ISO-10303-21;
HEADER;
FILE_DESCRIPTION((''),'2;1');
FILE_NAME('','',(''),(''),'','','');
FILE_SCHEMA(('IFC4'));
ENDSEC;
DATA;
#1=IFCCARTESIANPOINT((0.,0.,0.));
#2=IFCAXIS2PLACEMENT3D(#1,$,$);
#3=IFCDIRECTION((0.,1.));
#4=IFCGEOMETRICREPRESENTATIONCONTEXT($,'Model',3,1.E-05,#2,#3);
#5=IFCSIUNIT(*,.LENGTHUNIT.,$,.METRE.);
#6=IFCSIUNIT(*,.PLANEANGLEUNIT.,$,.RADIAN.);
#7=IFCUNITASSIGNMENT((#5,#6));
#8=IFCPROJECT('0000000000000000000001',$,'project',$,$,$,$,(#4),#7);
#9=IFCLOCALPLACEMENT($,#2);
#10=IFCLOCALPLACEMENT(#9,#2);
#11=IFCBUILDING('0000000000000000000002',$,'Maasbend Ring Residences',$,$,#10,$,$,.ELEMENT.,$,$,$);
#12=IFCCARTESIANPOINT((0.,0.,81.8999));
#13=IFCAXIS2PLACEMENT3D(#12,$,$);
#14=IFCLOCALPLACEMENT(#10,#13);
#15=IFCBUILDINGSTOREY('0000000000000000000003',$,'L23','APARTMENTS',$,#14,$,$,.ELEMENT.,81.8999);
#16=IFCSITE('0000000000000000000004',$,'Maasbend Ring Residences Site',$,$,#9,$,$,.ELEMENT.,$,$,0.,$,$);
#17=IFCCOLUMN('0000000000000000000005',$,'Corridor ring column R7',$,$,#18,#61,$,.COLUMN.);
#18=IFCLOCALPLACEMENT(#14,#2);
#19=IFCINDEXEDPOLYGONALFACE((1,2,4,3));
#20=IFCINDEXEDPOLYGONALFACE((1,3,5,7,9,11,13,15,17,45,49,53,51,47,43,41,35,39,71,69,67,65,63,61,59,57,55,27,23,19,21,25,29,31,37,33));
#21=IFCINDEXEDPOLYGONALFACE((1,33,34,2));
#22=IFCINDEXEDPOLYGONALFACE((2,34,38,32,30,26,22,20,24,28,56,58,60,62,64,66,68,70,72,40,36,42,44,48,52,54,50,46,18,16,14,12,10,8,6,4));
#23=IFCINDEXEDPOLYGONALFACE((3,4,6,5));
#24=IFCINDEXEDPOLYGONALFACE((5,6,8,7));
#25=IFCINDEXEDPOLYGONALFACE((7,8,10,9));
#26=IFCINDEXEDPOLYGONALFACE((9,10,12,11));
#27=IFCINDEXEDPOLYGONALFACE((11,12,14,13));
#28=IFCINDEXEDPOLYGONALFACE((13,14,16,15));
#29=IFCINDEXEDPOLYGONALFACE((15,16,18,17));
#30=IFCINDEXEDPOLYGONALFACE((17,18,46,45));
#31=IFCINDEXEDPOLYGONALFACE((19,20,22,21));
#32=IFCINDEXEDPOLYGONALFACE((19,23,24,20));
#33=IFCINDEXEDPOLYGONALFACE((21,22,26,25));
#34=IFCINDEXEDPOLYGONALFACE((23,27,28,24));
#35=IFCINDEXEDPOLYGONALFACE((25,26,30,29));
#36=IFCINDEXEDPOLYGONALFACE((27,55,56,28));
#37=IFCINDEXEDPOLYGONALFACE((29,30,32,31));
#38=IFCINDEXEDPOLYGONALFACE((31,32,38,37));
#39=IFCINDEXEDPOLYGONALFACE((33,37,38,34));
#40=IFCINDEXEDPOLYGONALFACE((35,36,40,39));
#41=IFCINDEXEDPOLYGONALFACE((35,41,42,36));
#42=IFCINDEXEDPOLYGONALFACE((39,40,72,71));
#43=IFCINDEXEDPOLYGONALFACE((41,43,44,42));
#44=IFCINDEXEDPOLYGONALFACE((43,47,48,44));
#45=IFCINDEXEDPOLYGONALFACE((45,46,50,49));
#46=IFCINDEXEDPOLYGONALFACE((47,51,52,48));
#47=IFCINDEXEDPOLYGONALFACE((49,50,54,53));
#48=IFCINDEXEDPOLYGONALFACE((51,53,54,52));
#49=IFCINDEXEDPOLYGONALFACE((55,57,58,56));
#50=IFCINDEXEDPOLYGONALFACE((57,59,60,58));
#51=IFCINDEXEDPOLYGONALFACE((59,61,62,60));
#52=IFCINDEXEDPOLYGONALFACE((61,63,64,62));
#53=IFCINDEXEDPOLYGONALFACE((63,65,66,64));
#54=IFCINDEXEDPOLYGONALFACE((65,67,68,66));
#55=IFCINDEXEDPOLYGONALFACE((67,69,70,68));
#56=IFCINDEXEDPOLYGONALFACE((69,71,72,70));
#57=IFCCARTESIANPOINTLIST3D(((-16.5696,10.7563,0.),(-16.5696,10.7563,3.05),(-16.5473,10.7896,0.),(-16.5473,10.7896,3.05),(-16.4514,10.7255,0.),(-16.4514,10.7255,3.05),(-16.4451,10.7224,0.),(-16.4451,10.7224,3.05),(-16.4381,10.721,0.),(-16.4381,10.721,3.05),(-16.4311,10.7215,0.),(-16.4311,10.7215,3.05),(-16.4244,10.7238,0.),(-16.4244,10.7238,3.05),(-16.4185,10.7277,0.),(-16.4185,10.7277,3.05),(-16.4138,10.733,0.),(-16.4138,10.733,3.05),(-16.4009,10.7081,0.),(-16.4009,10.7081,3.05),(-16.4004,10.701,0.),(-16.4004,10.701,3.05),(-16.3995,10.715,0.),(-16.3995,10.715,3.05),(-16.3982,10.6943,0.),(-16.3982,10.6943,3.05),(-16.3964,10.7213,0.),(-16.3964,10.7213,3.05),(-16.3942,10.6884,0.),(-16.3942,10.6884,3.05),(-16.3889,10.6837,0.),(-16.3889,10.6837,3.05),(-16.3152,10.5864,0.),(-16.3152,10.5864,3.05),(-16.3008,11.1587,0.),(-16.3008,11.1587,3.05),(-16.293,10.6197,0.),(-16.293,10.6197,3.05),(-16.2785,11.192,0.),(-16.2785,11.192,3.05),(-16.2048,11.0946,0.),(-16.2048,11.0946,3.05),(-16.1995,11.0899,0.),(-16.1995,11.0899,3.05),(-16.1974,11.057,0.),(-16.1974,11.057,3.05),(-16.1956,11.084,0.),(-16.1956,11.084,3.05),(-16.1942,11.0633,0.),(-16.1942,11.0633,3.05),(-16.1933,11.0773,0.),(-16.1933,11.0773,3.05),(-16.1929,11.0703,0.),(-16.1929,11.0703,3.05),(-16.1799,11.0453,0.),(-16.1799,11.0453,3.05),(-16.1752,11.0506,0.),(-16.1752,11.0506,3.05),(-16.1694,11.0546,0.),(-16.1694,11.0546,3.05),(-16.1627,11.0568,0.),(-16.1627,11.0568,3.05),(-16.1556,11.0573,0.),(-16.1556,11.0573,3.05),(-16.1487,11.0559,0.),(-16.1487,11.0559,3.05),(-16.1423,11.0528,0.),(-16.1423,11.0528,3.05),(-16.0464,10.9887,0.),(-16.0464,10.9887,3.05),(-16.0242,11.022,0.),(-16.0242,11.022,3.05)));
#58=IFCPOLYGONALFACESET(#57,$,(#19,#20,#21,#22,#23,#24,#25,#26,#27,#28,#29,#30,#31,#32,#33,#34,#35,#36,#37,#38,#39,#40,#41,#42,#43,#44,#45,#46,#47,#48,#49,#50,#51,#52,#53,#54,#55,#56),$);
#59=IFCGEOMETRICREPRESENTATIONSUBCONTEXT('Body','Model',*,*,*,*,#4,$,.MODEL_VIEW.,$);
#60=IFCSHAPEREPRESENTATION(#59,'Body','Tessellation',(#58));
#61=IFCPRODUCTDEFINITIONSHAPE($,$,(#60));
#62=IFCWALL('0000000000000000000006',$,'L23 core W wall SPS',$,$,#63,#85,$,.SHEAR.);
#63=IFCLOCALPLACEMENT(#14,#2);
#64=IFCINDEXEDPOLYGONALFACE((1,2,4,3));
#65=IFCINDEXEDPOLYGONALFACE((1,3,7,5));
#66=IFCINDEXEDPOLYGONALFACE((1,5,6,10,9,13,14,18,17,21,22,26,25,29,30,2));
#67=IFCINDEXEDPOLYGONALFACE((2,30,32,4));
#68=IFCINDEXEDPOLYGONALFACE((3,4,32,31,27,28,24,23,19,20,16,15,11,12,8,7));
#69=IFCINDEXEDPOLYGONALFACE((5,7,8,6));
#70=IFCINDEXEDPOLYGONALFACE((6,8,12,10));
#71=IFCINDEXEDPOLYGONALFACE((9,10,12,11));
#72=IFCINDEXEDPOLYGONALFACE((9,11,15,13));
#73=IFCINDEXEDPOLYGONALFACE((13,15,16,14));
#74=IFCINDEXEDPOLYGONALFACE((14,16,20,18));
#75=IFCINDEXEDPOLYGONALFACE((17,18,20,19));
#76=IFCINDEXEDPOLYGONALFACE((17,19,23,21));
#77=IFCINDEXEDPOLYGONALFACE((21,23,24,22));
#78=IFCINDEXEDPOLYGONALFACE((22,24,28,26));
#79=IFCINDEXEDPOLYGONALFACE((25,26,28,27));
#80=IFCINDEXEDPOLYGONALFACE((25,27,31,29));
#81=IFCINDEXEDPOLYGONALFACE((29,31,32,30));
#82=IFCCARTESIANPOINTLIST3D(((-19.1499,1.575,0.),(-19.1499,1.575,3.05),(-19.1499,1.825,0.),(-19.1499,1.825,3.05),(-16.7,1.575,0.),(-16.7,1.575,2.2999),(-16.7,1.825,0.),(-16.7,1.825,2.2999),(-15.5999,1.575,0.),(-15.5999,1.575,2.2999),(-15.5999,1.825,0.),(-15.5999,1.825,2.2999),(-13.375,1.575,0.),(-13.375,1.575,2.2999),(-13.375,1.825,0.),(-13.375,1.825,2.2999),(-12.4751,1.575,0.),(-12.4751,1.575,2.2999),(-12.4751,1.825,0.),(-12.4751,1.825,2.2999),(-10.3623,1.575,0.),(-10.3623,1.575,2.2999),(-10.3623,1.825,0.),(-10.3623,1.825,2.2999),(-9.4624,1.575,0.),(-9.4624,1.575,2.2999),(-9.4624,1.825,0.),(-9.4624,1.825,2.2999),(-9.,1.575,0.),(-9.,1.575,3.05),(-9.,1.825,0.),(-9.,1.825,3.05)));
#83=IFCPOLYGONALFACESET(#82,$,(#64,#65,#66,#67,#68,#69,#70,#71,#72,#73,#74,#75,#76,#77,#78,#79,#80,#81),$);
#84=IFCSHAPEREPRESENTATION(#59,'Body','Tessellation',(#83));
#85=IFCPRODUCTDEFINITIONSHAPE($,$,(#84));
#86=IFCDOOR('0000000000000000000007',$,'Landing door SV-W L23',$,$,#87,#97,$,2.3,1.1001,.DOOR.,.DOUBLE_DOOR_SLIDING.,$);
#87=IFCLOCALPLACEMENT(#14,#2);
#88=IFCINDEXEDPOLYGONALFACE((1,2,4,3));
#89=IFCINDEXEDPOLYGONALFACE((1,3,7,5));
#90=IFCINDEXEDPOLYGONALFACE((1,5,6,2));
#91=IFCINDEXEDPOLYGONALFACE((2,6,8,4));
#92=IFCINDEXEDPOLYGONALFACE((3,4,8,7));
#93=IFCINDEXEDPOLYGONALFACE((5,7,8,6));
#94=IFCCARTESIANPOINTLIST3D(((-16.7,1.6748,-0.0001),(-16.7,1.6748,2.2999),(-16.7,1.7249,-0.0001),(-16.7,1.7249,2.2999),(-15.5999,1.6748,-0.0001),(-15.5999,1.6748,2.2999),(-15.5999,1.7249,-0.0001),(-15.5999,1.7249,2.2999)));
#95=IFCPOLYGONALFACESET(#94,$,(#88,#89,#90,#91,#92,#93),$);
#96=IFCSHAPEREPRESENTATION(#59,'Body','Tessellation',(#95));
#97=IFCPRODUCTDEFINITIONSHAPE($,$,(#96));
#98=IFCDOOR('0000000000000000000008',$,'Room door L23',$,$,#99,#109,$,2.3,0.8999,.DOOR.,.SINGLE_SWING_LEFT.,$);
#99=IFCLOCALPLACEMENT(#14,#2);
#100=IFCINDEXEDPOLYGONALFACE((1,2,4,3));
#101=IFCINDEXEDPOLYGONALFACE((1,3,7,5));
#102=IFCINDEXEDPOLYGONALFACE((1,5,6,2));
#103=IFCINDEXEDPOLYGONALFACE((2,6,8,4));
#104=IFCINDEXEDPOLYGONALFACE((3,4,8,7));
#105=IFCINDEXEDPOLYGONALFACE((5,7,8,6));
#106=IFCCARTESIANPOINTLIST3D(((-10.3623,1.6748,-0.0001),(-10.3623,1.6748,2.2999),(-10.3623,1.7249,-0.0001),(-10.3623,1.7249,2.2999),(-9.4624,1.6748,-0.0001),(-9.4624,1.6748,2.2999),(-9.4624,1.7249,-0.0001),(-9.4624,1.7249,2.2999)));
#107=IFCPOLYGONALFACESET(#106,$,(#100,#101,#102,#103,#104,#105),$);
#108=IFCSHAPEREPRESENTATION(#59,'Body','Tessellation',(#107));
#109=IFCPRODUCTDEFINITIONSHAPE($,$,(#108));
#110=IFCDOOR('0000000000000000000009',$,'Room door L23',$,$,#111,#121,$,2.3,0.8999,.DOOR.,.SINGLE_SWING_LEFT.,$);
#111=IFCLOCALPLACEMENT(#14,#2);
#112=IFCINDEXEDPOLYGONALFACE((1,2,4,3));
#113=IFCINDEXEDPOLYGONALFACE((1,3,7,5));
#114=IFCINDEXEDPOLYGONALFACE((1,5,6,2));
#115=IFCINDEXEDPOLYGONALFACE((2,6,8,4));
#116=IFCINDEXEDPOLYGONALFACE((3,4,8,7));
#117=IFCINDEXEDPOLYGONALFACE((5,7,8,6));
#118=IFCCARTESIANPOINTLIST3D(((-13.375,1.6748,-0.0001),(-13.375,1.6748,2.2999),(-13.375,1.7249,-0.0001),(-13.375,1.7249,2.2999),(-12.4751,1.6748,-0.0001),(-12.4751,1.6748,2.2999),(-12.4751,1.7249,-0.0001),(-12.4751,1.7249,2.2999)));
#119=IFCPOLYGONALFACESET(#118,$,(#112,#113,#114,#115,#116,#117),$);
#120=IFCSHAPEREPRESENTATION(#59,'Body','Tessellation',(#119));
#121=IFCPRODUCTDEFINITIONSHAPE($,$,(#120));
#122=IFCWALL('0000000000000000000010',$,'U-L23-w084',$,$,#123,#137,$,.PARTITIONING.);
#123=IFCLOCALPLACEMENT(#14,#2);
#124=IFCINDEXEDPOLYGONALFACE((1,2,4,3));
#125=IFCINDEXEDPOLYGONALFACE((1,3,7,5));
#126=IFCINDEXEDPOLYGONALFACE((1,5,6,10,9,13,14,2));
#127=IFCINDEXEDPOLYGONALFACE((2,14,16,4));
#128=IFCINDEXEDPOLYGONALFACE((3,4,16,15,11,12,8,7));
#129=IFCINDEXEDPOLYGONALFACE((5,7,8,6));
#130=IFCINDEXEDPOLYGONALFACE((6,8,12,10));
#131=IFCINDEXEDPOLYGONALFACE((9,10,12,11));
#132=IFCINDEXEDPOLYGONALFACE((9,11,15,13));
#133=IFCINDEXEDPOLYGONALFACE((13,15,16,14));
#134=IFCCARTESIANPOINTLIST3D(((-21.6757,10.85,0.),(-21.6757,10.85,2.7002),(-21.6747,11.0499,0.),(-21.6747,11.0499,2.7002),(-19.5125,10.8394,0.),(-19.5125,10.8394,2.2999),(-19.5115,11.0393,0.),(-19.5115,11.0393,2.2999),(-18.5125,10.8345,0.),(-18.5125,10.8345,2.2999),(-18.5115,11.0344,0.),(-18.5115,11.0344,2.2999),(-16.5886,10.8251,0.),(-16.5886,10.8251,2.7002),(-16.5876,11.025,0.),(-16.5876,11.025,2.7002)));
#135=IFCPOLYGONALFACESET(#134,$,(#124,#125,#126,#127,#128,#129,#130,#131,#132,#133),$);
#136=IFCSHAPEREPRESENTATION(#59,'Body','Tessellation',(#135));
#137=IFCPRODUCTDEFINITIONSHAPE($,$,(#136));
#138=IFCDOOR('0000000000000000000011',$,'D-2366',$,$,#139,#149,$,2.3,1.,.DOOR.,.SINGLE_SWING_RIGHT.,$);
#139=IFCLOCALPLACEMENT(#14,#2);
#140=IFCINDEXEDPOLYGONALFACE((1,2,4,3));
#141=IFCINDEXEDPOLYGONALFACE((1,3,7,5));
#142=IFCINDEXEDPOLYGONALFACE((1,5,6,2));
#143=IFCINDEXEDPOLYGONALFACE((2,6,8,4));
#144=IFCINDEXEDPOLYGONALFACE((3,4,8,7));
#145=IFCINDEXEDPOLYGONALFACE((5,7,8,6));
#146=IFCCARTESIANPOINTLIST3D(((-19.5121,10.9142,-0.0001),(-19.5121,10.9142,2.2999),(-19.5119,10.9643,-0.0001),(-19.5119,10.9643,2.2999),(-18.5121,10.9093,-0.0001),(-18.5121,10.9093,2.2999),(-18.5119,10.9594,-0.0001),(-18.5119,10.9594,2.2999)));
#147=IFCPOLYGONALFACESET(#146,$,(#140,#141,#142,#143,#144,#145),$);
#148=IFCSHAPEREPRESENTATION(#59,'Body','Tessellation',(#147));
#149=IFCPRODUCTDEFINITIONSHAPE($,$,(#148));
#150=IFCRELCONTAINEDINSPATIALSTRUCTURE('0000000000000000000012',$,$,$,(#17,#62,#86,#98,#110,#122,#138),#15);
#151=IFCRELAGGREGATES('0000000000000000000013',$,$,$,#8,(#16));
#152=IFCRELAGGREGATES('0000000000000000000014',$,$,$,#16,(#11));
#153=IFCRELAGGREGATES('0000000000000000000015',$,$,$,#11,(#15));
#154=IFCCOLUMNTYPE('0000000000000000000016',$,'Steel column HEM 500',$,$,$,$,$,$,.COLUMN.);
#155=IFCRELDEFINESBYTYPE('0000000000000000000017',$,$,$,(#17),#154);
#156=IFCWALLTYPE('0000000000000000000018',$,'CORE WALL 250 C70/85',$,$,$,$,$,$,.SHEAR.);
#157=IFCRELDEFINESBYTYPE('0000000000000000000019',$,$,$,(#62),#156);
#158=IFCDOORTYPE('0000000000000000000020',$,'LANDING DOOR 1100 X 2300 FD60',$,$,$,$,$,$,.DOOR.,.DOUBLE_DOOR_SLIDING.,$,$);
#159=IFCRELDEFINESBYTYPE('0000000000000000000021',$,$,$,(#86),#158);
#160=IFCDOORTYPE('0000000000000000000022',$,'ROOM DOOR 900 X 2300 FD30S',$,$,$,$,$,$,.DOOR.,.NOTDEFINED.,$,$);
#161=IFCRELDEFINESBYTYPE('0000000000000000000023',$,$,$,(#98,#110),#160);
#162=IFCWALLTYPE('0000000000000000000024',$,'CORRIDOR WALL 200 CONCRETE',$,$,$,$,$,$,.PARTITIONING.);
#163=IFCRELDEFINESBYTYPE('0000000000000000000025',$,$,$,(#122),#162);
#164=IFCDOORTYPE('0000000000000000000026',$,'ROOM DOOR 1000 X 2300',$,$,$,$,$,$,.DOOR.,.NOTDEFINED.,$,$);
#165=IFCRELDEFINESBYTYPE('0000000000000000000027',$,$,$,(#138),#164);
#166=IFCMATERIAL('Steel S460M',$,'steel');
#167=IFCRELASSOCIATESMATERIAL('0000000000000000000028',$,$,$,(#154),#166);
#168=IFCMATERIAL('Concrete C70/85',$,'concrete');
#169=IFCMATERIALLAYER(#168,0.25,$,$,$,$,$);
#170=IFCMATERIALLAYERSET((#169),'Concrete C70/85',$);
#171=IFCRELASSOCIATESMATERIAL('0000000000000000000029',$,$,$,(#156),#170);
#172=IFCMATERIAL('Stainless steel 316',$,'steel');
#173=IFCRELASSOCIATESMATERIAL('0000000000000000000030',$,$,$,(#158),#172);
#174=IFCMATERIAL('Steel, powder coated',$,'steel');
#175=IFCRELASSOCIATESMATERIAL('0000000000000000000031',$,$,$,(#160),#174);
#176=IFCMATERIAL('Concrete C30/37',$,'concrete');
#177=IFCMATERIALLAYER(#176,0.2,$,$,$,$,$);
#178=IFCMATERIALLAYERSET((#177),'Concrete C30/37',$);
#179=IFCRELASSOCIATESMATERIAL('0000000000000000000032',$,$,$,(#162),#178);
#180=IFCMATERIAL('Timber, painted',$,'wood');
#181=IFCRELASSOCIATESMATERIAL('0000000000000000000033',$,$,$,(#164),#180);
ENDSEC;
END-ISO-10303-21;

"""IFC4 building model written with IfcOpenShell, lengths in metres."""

from ifc_helpers import new_model, si_unit, direction, frame, frame_2d, origin, origin_2d, place, context, subcontext, project, spatial, rectangle, i_section, extrude, material, layer, layer_set, material_profile, profile_set, type_object, element, fill, save


model = new_model("IFC4")

# Units and contexts
model_context = context("Model", 3, precision=1e-05, world=origin(), true_north=direction((0.0, 1.0)))
body_context = subcontext(model_context, "Body", "Model", "MODEL_VIEW")
ifc_project = project(units=[si_unit("LENGTHUNIT", "METRE"), si_unit("PLANEANGLEUNIT", "RADIAN")], contexts=[model_context])

# Site, building, storey
site_placement = place(None, origin())
site = spatial("IfcSite", under=ifc_project, at=site_placement, Name="Maasbend Ring Residences Site", CompositionType="ELEMENT", RefElevation=0.0)
building_placement = place(site_placement, origin())
building = spatial("IfcBuilding", under=site, at=building_placement, Name="Maasbend Ring Residences", CompositionType="ELEMENT")
storey_placement = place(building_placement, frame((0.0, 0.0, 81.8999)))
storey = spatial("IfcBuildingStorey", under=building, at=storey_placement, Name="L23", Description="APARTMENTS", CompositionType="ELEMENT", Elevation=81.8999)

# Column
ifc_material_1 = material(Name="Steel S460M", Category="steel")
ifc_material_profile = material_profile(ifc_material_1, i_section(OverallWidth=0.3059, OverallDepth=0.5239, WebThickness=0.021, FlangeThickness=0.04, FilletRadius=0.0271, at=origin_2d()), Name="HEM 500")
ifc_profile_set = profile_set([ifc_material_profile], Name="Steel S460M")
column_type = type_object("IfcColumnType", Name="Steel column HEM 500", PredefinedType="COLUMN", material=ifc_profile_set)
column_placement = place(storey_placement, frame((-16.2969, 10.8892, 0.0), z_axis=(0.0, 0.0, 1.0), x_axis=(-0.83147, 0.55557, 0.0)))
element("IfcColumn", 1, at=column_placement, inside=storey, type_object=column_type, Name="Corridor ring column R7", PredefinedType="COLUMN", context=body_context, shape_type="SweptSolid", body=[
    extrude(i_section(OverallWidth=0.3059, OverallDepth=0.5239, WebThickness=0.021, FlangeThickness=0.04, FilletRadius=0.0271, at=origin_2d()), origin(), (0.0, 0.0, 1.0), 3.05),
])

# Wall, openings, doors
ifc_material_2 = material(Name="Concrete C70/85", Category="concrete")
ifc_layer_1 = layer(ifc_material_2, 0.25)
ifc_layer_set_1 = layer_set([ifc_layer_1], Name="Concrete C70/85")
wall_type_1 = type_object("IfcWallType", Name="CORE WALL 250 C70/85", PredefinedType="SHEAR", material=ifc_layer_set_1)
wall_1_placement = place(storey_placement, frame((-19.1499, 1.7, 0.0), z_axis=(0.0, 0.0, 1.0), x_axis=(1.0, 0.0, 0.0)))
wall_1 = element("IfcWall", 2, at=wall_1_placement, inside=storey, type_object=wall_type_1, Name="L23 core W wall SPS", PredefinedType="SHEAR", context=body_context, shape_type="SweptSolid", body=[
    extrude(rectangle(XDim=10.1499, YDim=0.25, at=frame_2d((5.075, 0.0))), origin(), (0.0, 0.0, 1.0), 3.05),
])
opening_1_placement = place(wall_1_placement, frame((2.45, 0.0, 0.0)))
opening_1 = element("IfcOpeningElement", 3, at=opening_1_placement, cuts=wall_1, PredefinedType="OPENING", context=body_context, shape_type="SweptSolid", body=[
    extrude(rectangle(XDim=1.1001, YDim=2.3, at=frame_2d((0.55, 1.1499))), frame((0.0, 0.135, 0.0), z_axis=(0.0, -1.0, 0.0), x_axis=(1.0, 0.0, 0.0)), (0.0, 0.0, 1.0), 0.27),
])
opening_2_placement = place(wall_1_placement, frame((8.7876, 0.0, 0.0)))
opening_2 = element("IfcOpeningElement", 4, at=opening_2_placement, cuts=wall_1, PredefinedType="OPENING", context=body_context, shape_type="SweptSolid", body=[
    extrude(rectangle(XDim=0.8999, YDim=2.3, at=frame_2d((0.45, 1.1499))), frame((0.0, 0.135, 0.0), z_axis=(0.0, -1.0, 0.0), x_axis=(1.0, 0.0, 0.0)), (0.0, 0.0, 1.0), 0.27),
])
opening_3_placement = place(wall_1_placement, frame((5.7749, 0.0, 0.0)))
opening_3 = element("IfcOpeningElement", 5, at=opening_3_placement, cuts=wall_1, PredefinedType="OPENING", context=body_context, shape_type="SweptSolid", body=[
    extrude(rectangle(XDim=0.8999, YDim=2.3, at=frame_2d((0.45, 1.1499))), frame((0.0, 0.135, 0.0), z_axis=(0.0, -1.0, 0.0), x_axis=(1.0, 0.0, 0.0)), (0.0, 0.0, 1.0), 0.27),
])
ifc_material_3 = material(Name="Stainless steel 316", Category="steel")
door_type_1 = type_object("IfcDoorType", Name="LANDING DOOR 1100 X 2300 FD60", OperationType="DOUBLE_DOOR_SLIDING", PredefinedType="DOOR", material=ifc_material_3)
door_1_placement = place(opening_1_placement, origin())
door_1 = element("IfcDoor", 6, at=door_1_placement, inside=storey, type_object=door_type_1, Name="Landing door SV-W L23", OperationType="DOUBLE_DOOR_SLIDING", OverallHeight=2.3, OverallWidth=1.1001, PredefinedType="DOOR", context=body_context, shape_type="SweptSolid", body=[
    extrude(rectangle(XDim=1.1001, YDim=2.3, at=frame_2d((0.55, 1.1499))), frame((0.0, 0.0249, 0.0), z_axis=(0.0, -1.0, 0.0), x_axis=(1.0, 0.0, 0.0)), (0.0, 0.0, 1.0), 0.05),
])
fill(opening_1, door_1)
ifc_material_4 = material(Name="Steel, powder coated", Category="steel")
door_type_2 = type_object("IfcDoorType", Name="ROOM DOOR 900 X 2300 FD30S", OperationType="NOTDEFINED", PredefinedType="DOOR", material=ifc_material_4)
door_2_placement = place(opening_2_placement, origin())
door_2 = element("IfcDoor", 7, at=door_2_placement, inside=storey, type_object=door_type_2, Name="Room door L23", OperationType="SINGLE_SWING_LEFT", OverallHeight=2.3, OverallWidth=0.8999, PredefinedType="DOOR", context=body_context, shape_type="SweptSolid", body=[
    extrude(rectangle(XDim=0.8999, YDim=2.3, at=frame_2d((0.45, 1.1499))), frame((0.0, 0.0249, 0.0), z_axis=(0.0, -1.0, 0.0), x_axis=(1.0, 0.0, 0.0)), (0.0, 0.0, 1.0), 0.05),
])
fill(opening_2, door_2)
door_3_placement = place(opening_3_placement, origin())
door_3 = element("IfcDoor", 8, at=door_3_placement, inside=storey, type_object=door_type_2, Name="Room door L23", OperationType="SINGLE_SWING_LEFT", OverallHeight=2.3, OverallWidth=0.8999, PredefinedType="DOOR", context=body_context, shape_type="SweptSolid", body=[
    extrude(rectangle(XDim=0.8999, YDim=2.3, at=frame_2d((0.45, 1.1499))), frame((0.0, 0.0249, 0.0), z_axis=(0.0, -1.0, 0.0), x_axis=(1.0, 0.0, 0.0)), (0.0, 0.0, 1.0), 0.05),
])
fill(opening_3, door_3)

# Wall, opening, door
ifc_material_5 = material(Name="Concrete C30/37", Category="concrete")
ifc_layer_2 = layer(ifc_material_5, 0.2)
ifc_layer_set_2 = layer_set([ifc_layer_2], Name="Concrete C30/37")
wall_type_2 = type_object("IfcWallType", Name="CORRIDOR WALL 200 CONCRETE", PredefinedType="PARTITIONING", material=ifc_layer_set_2)
wall_2_placement = place(storey_placement, frame((-21.675, 10.95, 0.0), z_axis=(0.0, 0.0, 1.0), x_axis=(0.999988, -0.004895, 0.0)))
wall_2 = element("IfcWall", 9, at=wall_2_placement, inside=storey, type_object=wall_type_2, Name="U-L23-w084", PredefinedType="PARTITIONING", context=body_context, shape_type="SweptSolid", body=[
    extrude(rectangle(XDim=5.0872, YDim=0.2, at=frame_2d((2.5435, 0.0))), origin(), (0.0, 0.0, 1.0), 2.7002),
])
opening_4_placement = place(wall_2_placement, frame((2.1631, 0.0, 0.0)))
opening_4 = element("IfcOpeningElement", 10, at=opening_4_placement, cuts=wall_2, PredefinedType="OPENING", context=body_context, shape_type="SweptSolid", body=[
    extrude(rectangle(XDim=1.0, YDim=2.3, at=frame_2d((0.5, 1.1499))), frame((0.0, 0.1099, 0.0), z_axis=(0.0, -1.0, 0.0), x_axis=(1.0, 0.0, 0.0)), (0.0, 0.0, 1.0), 0.22),
])
ifc_material_6 = material(Name="Timber, painted", Category="wood")
door_type_3 = type_object("IfcDoorType", Name="ROOM DOOR 1000 X 2300", OperationType="NOTDEFINED", PredefinedType="DOOR", material=ifc_material_6)
door_4_placement = place(opening_4_placement, origin())
door_4 = element("IfcDoor", 11, at=door_4_placement, inside=storey, type_object=door_type_3, Name="D-2366", OperationType="SINGLE_SWING_RIGHT", OverallHeight=2.3, OverallWidth=1.0, PredefinedType="DOOR", context=body_context, shape_type="SweptSolid", body=[
    extrude(rectangle(XDim=1.0, YDim=2.3, at=frame_2d((0.5, 1.1499))), frame((0.0, 0.0249, 0.0), z_axis=(0.0, -1.0, 0.0), x_axis=(1.0, 0.0, 0.0)), (0.0, 0.0, 1.0), 0.05),
])
fill(opening_4, door_4)

save(model, "model.ifc")
